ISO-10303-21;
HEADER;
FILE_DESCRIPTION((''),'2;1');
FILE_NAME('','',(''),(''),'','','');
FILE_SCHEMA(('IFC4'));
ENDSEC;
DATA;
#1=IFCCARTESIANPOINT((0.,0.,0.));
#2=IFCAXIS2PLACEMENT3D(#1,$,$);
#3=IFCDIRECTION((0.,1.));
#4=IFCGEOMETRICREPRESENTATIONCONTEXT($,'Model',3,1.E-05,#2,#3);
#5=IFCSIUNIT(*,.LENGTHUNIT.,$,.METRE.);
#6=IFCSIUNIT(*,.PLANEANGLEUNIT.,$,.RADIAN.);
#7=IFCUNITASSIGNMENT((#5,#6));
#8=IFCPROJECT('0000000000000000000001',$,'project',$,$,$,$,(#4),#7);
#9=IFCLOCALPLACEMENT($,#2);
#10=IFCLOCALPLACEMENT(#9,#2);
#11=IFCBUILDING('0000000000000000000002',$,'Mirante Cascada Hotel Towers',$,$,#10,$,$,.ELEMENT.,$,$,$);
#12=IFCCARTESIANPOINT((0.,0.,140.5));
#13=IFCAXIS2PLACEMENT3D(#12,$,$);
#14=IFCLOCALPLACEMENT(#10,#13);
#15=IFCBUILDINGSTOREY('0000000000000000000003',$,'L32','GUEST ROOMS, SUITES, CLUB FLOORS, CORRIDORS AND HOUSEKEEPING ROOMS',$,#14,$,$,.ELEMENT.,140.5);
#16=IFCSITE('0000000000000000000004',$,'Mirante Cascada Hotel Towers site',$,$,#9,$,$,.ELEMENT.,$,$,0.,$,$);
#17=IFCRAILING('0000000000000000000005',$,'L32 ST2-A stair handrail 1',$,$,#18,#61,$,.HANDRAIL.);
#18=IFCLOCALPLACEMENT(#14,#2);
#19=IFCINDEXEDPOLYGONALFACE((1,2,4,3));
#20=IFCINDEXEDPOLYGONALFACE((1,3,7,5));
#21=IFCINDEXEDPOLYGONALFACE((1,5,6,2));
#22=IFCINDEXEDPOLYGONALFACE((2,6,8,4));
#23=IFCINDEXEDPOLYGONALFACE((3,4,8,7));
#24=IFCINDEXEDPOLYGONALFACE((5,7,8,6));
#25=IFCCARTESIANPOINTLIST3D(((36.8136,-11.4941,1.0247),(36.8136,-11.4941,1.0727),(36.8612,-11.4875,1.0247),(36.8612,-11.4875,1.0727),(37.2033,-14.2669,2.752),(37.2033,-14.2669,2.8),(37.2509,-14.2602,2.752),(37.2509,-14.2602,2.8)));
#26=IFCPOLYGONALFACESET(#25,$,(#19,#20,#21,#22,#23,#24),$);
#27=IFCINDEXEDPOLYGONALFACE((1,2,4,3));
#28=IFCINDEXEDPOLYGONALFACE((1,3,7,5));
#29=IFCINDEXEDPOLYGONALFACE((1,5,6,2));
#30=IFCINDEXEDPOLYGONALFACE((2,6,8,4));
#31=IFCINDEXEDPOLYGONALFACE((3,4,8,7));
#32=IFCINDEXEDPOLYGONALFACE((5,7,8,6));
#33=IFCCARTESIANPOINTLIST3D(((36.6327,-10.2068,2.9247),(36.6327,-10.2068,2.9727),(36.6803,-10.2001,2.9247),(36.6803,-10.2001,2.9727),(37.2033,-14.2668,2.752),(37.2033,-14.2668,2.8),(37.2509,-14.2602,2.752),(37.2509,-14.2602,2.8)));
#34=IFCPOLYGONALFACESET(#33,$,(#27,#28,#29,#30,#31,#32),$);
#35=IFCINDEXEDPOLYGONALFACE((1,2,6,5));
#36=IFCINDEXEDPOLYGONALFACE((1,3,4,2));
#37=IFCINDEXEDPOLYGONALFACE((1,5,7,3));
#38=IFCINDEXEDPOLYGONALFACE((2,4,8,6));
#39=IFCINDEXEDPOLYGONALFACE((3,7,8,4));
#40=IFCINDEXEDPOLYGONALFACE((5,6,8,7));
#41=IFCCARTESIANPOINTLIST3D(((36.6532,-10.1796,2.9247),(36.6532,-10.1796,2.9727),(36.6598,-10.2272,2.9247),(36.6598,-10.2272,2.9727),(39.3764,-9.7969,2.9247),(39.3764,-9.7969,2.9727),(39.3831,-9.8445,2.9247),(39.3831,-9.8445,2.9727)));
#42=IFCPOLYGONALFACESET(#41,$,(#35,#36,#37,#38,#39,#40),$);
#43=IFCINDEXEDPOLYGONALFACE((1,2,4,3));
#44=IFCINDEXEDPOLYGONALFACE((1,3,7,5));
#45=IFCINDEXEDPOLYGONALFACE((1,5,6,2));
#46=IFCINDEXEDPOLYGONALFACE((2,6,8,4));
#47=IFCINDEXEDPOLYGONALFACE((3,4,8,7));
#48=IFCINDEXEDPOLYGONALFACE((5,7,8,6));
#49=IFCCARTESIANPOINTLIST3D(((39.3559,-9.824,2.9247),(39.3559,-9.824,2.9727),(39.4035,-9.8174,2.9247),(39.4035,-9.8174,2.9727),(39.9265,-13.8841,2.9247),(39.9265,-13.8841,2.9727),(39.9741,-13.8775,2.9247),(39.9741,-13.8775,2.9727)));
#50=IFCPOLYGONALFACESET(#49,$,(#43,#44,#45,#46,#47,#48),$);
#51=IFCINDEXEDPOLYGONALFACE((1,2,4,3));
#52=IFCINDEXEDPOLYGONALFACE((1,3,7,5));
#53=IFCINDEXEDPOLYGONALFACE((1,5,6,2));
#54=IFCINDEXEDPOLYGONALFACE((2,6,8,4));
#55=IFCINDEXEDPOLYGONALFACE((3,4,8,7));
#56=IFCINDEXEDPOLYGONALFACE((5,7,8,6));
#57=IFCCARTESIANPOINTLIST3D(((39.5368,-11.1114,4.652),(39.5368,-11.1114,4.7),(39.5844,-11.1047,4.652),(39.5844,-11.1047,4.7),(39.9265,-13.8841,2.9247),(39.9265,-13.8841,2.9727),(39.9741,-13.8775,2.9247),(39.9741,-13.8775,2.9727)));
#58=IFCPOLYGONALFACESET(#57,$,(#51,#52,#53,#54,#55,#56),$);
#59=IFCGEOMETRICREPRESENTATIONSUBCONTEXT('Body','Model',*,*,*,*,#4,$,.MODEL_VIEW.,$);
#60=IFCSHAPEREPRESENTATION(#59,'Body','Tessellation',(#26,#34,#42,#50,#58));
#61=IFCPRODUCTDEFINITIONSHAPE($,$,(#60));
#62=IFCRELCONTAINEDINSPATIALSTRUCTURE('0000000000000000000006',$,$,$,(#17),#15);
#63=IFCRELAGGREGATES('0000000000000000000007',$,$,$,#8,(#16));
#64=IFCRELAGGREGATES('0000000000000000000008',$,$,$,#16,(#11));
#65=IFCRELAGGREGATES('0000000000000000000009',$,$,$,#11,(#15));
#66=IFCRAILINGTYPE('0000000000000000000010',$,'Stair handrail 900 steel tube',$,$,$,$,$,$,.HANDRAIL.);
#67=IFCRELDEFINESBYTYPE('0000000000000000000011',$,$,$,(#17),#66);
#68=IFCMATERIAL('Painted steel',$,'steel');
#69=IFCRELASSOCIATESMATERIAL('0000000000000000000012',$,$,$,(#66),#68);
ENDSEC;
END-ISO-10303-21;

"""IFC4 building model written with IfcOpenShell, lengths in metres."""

from ifc_helpers import new_model, si_unit, direction, frame, origin, origin_2d, place, context, subcontext, project, spatial, rectangle, extrude, material, type_object, element, save


model = new_model("IFC4")

# Units and contexts
model_context = context("Model", 3, precision=1e-05, world=origin(), true_north=direction((0.0, 1.0)))
body_context = subcontext(model_context, "Body", "Model", "MODEL_VIEW")
ifc_project = project(units=[si_unit("LENGTHUNIT", "METRE"), si_unit("PLANEANGLEUNIT", "RADIAN")], contexts=[model_context])

# Site, building, storey
site_placement = place(None, origin())
site = spatial("IfcSite", under=ifc_project, at=site_placement, Name="Mirante Cascada Hotel Towers site", CompositionType="ELEMENT", RefElevation=0.0)
building_placement = place(site_placement, origin())
building = spatial("IfcBuilding", under=site, at=building_placement, Name="Mirante Cascada Hotel Towers", CompositionType="ELEMENT")
storey_placement = place(building_placement, frame((0.0, 0.0, 140.5)))
storey = spatial("IfcBuildingStorey", under=building, at=storey_placement, Name="L32", Description="GUEST ROOMS, SUITES, CLUB FLOORS, CORRIDORS AND HOUSEKEEPING ROOMS", CompositionType="ELEMENT", Elevation=140.5)

# Railing
ifc_material_1 = material(Name="Painted steel", Category="steel")
railing_type = type_object("IfcRailingType", Name="Stair handrail 900 steel tube", PredefinedType="HANDRAIL", material=ifc_material_1)
railing_placement = place(storey_placement, frame((36.8374, -11.4908, 0.1727)))
element("IfcRailing", 1, at=railing_placement, inside=storey, type_object=railing_type, Name="L32 ST2-A stair handrail 1", PredefinedType="HANDRAIL", context=body_context, shape_type="SweptSolid", body=[
    extrude(rectangle(XDim=0.048, YDim=0.048, at=origin_2d()), frame((0.0, 0.0, 0.876), z_axis=(0.139181, -0.990267, 0.0), x_axis=(0.990267, 0.139181, 0.0)), (0.0, 0.525035, 0.851081), 3.2899),
    extrude(rectangle(XDim=0.048, YDim=0.048, at=origin_2d()), frame((0.3897, -2.7727, 2.6033), z_axis=(-0.139171, 0.990268, 0.0), x_axis=(-0.990268, -0.139171, 0.0)), (0.0, 0.042085, 0.999114), 4.1036),
    extrude(rectangle(XDim=0.048, YDim=0.048, at=origin_2d()), frame((-0.1809, 1.2874, 2.776), z_axis=(0.990269, 0.139166, 0.0), x_axis=(-0.139166, 0.990269, 0.0)), (0.0, 0.0, 1.0), 2.75),
    extrude(rectangle(XDim=0.048, YDim=0.048, at=origin_2d()), frame((2.5423, 1.6701, 2.776), z_axis=(0.139171, -0.990268, 0.0), x_axis=(0.990268, 0.139171, 0.0)), (0.0, 0.0, 1.0), 4.1),
    extrude(rectangle(XDim=0.048, YDim=0.048, at=origin_2d()), frame((3.1129, -2.39, 2.776), z_axis=(-0.139181, 0.990267, 0.0), x_axis=(-0.990267, -0.139181, 0.0)), (0.0, 0.525035, 0.851081), 3.2899),
])

save(model, "model.ifc")
